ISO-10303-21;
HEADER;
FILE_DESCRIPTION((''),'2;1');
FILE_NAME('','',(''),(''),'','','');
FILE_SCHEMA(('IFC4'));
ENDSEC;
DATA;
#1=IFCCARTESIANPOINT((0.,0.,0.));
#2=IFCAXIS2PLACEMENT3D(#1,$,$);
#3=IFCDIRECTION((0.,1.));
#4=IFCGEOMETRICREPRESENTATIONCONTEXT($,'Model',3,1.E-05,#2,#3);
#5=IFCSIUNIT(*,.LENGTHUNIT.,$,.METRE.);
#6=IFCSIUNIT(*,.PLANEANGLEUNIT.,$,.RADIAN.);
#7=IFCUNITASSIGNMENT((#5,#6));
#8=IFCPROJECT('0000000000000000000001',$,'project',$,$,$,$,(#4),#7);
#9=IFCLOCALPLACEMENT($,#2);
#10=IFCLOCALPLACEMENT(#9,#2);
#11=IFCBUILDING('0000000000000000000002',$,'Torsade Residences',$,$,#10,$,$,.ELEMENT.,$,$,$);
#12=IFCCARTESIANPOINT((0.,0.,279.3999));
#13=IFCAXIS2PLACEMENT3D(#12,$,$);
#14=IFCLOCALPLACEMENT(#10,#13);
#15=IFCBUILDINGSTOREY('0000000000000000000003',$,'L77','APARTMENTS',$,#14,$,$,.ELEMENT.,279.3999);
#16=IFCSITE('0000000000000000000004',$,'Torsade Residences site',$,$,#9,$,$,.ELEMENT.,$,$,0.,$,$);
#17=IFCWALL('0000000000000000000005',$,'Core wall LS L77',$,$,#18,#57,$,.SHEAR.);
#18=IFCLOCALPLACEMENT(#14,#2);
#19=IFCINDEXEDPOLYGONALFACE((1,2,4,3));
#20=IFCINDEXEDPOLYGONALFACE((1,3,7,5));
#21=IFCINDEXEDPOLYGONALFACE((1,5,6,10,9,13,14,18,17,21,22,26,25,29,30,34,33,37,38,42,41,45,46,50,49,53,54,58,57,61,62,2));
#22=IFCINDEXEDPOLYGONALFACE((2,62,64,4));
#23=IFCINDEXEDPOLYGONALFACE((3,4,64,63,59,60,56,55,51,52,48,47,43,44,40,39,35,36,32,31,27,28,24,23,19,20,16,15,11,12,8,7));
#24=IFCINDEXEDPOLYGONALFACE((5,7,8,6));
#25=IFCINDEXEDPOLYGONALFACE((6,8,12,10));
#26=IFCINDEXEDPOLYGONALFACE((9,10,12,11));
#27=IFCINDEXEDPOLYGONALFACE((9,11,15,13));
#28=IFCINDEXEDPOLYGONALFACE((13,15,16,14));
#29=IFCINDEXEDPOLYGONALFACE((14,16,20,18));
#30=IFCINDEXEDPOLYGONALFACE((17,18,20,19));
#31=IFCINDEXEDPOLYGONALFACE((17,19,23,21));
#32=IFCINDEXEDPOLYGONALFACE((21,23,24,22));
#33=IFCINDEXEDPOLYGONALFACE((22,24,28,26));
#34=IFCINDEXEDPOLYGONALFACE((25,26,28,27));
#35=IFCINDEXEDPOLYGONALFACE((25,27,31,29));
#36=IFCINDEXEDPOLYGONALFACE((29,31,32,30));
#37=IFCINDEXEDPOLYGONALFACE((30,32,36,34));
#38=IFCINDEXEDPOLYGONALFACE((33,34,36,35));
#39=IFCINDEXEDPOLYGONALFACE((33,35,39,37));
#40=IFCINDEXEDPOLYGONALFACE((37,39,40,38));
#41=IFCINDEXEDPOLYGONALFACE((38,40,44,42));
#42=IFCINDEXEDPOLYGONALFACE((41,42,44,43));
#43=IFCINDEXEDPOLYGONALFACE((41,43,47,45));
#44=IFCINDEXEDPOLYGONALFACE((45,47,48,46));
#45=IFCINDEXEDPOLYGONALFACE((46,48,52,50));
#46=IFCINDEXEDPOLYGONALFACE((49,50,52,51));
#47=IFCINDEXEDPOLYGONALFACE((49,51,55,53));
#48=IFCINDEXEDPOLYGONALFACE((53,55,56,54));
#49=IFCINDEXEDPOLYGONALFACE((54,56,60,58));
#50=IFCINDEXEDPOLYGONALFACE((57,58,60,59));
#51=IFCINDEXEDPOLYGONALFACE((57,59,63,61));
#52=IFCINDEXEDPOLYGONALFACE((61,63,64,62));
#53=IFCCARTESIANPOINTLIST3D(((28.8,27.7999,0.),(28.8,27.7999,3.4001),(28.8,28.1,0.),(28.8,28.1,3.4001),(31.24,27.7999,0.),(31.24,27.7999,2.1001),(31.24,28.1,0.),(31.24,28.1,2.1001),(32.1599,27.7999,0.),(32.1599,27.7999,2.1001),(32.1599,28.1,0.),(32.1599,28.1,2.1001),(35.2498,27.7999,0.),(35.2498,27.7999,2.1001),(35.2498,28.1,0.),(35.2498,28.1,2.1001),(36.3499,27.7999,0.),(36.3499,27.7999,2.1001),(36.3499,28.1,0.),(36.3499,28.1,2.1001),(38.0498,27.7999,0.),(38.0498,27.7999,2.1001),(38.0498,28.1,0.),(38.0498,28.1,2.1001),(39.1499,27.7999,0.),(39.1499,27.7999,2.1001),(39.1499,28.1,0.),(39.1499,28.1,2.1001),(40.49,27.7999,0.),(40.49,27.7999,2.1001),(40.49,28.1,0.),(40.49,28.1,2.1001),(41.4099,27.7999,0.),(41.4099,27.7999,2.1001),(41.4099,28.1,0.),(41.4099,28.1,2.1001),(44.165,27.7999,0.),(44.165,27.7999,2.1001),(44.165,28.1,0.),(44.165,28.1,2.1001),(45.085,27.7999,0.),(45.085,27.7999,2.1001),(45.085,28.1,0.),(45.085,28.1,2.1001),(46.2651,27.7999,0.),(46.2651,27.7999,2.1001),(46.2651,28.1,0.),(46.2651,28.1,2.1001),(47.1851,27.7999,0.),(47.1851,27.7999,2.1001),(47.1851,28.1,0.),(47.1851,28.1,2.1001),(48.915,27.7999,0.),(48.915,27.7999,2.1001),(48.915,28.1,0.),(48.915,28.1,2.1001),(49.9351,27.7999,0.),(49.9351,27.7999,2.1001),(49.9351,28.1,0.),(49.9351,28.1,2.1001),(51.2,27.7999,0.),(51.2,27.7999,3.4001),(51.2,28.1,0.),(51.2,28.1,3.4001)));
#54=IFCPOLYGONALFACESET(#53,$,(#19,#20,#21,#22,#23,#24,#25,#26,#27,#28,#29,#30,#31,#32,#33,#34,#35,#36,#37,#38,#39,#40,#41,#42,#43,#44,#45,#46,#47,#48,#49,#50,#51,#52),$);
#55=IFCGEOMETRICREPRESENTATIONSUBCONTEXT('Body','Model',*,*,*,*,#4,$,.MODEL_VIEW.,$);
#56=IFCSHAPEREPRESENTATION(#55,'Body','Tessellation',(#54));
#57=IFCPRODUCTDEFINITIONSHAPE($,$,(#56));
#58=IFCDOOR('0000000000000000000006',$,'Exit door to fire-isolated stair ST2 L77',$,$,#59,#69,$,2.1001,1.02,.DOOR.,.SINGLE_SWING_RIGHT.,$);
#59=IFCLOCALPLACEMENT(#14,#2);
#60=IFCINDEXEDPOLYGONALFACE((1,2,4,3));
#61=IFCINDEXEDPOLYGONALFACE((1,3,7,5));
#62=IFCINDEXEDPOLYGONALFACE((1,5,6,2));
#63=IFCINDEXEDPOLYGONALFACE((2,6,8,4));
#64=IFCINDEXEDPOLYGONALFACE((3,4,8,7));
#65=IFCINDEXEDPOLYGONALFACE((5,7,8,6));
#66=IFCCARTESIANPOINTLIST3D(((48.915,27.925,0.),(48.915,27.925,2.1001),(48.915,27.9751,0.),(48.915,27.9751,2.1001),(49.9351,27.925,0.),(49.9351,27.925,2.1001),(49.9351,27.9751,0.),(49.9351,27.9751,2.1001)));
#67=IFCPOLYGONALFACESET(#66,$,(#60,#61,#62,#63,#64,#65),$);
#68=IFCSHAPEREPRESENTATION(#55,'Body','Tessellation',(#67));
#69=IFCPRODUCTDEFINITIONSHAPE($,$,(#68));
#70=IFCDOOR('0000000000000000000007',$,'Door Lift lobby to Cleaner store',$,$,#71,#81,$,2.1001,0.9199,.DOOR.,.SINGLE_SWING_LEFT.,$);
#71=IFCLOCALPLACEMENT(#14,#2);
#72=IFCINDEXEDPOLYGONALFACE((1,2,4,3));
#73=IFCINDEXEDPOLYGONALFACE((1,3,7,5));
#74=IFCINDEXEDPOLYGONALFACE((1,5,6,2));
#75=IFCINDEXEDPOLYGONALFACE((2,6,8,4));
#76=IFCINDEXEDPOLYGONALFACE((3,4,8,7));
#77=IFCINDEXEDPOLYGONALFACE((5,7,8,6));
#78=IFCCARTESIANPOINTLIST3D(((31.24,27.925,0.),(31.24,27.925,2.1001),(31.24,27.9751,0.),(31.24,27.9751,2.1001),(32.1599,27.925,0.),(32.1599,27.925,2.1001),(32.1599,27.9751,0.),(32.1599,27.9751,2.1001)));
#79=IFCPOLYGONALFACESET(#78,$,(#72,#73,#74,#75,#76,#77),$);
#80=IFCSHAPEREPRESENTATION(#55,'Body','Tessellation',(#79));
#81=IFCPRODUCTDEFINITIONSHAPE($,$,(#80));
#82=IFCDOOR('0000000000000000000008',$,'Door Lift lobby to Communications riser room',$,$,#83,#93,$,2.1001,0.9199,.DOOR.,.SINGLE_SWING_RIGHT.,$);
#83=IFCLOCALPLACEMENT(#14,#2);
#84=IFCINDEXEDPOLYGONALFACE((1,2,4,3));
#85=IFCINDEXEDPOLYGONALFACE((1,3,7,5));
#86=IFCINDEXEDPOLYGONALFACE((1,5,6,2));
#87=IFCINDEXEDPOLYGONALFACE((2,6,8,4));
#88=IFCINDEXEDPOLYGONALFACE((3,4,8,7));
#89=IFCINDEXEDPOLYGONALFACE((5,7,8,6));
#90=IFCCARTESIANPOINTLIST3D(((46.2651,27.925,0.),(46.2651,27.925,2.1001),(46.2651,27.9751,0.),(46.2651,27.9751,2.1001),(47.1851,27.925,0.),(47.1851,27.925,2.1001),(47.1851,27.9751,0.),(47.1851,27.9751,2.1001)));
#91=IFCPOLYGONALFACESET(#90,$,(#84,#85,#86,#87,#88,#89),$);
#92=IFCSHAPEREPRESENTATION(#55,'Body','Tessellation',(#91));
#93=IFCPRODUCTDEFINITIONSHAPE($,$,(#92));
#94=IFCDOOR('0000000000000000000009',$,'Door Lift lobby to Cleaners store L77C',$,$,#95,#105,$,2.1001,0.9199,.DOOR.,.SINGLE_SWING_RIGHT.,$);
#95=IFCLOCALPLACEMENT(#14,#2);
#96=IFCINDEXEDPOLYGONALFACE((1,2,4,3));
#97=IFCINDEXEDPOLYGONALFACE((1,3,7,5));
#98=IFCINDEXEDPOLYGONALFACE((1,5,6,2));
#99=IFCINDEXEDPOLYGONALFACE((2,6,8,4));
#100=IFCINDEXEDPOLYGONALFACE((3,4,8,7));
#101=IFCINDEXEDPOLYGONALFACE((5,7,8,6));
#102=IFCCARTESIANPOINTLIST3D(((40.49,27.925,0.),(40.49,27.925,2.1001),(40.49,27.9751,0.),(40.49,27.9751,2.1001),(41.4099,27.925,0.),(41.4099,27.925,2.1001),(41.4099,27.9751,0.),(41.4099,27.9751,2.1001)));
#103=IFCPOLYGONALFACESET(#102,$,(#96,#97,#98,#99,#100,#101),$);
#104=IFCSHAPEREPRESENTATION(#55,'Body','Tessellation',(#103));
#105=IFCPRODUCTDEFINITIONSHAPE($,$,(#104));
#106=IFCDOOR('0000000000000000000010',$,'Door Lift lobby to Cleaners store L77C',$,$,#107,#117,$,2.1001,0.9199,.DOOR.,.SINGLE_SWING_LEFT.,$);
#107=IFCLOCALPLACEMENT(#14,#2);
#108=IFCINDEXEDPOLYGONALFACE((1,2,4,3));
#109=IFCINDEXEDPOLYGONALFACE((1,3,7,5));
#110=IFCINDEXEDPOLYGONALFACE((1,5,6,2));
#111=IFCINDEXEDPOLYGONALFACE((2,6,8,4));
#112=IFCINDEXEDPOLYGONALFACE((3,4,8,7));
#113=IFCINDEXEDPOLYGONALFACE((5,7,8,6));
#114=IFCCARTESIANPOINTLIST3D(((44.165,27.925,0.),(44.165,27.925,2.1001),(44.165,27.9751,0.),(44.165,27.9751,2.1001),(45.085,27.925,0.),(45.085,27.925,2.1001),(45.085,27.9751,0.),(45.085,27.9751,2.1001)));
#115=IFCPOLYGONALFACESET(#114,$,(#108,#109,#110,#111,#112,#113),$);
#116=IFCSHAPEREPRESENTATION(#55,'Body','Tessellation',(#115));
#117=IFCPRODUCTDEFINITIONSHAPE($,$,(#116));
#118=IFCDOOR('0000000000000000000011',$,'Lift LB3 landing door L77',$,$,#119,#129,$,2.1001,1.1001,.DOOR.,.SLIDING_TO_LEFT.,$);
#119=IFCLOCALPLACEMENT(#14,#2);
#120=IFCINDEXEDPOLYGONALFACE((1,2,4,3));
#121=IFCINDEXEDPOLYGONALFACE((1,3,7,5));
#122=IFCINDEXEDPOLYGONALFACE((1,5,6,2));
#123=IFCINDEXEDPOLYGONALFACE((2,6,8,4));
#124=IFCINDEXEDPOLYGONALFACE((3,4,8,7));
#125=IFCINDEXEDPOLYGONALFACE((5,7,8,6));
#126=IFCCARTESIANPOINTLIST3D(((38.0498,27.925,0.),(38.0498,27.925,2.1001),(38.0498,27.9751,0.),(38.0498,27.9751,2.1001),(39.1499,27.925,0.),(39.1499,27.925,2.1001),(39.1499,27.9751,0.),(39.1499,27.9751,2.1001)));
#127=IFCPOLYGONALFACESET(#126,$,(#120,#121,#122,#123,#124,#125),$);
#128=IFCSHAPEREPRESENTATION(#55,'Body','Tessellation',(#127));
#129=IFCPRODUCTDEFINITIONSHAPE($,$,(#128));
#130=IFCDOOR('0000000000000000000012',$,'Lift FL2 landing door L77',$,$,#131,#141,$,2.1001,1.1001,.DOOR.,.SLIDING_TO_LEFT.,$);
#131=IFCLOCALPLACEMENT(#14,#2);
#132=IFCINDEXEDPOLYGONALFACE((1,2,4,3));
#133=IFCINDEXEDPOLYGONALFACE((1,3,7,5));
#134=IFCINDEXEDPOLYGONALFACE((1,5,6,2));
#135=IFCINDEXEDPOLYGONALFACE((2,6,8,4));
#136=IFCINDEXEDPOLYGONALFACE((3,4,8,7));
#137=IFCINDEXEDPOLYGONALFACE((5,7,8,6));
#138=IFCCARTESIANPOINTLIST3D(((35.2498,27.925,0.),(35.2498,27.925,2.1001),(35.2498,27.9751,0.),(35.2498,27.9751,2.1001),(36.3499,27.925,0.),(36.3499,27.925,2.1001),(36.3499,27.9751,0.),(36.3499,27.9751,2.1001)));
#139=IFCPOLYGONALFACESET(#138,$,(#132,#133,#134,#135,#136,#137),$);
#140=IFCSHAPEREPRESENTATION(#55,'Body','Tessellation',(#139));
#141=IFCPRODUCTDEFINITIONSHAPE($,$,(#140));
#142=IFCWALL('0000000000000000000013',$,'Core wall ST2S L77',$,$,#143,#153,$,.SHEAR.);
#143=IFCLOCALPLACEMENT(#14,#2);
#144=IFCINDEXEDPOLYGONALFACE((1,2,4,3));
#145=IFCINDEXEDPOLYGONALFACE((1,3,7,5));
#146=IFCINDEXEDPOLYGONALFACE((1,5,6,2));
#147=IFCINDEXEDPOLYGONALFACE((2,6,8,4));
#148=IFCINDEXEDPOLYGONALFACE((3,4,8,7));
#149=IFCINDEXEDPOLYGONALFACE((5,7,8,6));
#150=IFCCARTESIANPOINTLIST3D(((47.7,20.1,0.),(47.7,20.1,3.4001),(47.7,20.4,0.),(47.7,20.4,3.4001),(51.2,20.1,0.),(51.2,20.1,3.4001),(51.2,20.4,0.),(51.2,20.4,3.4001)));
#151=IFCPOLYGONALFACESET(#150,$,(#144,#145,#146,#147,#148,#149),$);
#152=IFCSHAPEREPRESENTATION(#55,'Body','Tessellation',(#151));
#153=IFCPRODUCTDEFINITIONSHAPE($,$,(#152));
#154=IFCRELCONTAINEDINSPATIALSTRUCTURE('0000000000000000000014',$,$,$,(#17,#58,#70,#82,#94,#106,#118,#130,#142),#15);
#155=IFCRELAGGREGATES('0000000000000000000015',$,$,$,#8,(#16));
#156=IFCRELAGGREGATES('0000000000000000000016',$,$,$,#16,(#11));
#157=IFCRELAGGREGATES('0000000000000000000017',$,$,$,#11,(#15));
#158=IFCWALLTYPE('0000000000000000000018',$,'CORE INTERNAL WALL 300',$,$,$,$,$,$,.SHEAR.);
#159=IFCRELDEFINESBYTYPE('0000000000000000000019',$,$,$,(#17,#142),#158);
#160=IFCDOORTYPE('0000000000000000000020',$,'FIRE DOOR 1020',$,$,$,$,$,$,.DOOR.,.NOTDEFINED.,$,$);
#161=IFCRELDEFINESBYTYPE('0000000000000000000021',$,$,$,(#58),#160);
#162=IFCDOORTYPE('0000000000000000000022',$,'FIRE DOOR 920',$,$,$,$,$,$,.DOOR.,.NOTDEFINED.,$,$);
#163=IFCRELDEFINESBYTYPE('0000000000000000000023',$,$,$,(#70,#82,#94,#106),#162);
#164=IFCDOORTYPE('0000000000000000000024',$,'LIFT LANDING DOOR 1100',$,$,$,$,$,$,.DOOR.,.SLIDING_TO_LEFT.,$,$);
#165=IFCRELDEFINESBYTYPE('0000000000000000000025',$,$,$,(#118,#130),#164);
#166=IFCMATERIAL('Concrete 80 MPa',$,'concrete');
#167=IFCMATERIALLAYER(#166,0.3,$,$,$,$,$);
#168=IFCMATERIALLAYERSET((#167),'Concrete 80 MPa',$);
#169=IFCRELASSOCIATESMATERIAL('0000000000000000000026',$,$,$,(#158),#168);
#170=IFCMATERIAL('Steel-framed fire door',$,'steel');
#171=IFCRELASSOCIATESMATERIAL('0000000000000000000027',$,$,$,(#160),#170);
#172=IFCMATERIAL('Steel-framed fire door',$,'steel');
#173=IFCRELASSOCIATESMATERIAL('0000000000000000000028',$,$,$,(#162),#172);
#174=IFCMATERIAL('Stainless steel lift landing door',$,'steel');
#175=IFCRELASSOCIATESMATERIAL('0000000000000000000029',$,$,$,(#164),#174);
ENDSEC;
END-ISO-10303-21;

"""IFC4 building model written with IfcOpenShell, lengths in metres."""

from ifc_helpers import new_model, si_unit, direction, frame, frame_2d, origin, place, context, subcontext, project, spatial, rectangle, extrude, material, layer, layer_set, type_object, element, fill, save


model = new_model("IFC4")

# Units and contexts
model_context = context("Model", 3, precision=1e-05, world=origin(), true_north=direction((0.0, 1.0)))
body_context = subcontext(model_context, "Body", "Model", "MODEL_VIEW")
ifc_project = project(units=[si_unit("LENGTHUNIT", "METRE"), si_unit("PLANEANGLEUNIT", "RADIAN")], contexts=[model_context])

# Site, building, storey
site_placement = place(None, origin())
site = spatial("IfcSite", under=ifc_project, at=site_placement, Name="Torsade Residences site", CompositionType="ELEMENT", RefElevation=0.0)
building_placement = place(site_placement, origin())
building = spatial("IfcBuilding", under=site, at=building_placement, Name="Torsade Residences", CompositionType="ELEMENT")
storey_placement = place(building_placement, frame((0.0, 0.0, 279.3999)))
storey = spatial("IfcBuildingStorey", under=building, at=storey_placement, Name="L77", Description="APARTMENTS", CompositionType="ELEMENT", Elevation=279.3999)

# Wall, openings, doors
ifc_material_1 = material(Name="Concrete 80 MPa", Category="concrete")
ifc_layer_1 = layer(ifc_material_1, 0.3)
ifc_layer_set_1 = layer_set([ifc_layer_1], Name="Concrete 80 MPa")
wall_type_1 = type_object("IfcWallType", Name="CORE INTERNAL WALL 300", PredefinedType="SHEAR", material=ifc_layer_set_1)
wall_1_placement = place(storey_placement, frame((51.2, 27.95, 0.0), z_axis=(0.0, 0.0, 1.0), x_axis=(-1.0, 0.0, 0.0)))
wall_1 = element("IfcWall", 1, at=wall_1_placement, inside=storey, type_object=wall_type_1, Name="Core wall LS L77", PredefinedType="SHEAR", context=body_context, shape_type="SweptSolid", body=[
    extrude(rectangle(XDim=22.3999, YDim=0.3, at=frame_2d((11.2, 0.0))), origin(), (0.0, 0.0, 1.0), 3.4001),
])
opening_1_placement = place(wall_1_placement, frame((19.04, 0.0, 0.0)))
opening_1 = element("IfcOpeningElement", 2, at=opening_1_placement, cuts=wall_1, PredefinedType="OPENING", context=body_context, shape_type="SweptSolid", body=[
    extrude(rectangle(XDim=0.9199, YDim=2.1001, at=frame_2d((0.46, 1.05))), frame((0.0, 0.1599, 0.0), z_axis=(0.0, -1.0, 0.0), x_axis=(1.0, 0.0, 0.0)), (0.0, 0.0, 1.0), 0.3201),
])
opening_2_placement = place(wall_1_placement, frame((1.2649, 0.0, 0.0)))
opening_2 = element("IfcOpeningElement", 3, at=opening_2_placement, cuts=wall_1, PredefinedType="OPENING", context=body_context, shape_type="SweptSolid", body=[
    extrude(rectangle(XDim=1.02, YDim=2.1001, at=frame_2d((0.51, 1.05))), frame((0.0, 0.1599, 0.0), z_axis=(0.0, -1.0, 0.0), x_axis=(1.0, 0.0, 0.0)), (0.0, 0.0, 1.0), 0.3201),
])
opening_3_placement = place(wall_1_placement, frame((4.0149, 0.0, 0.0)))
opening_3 = element("IfcOpeningElement", 4, at=opening_3_placement, cuts=wall_1, PredefinedType="OPENING", context=body_context, shape_type="SweptSolid", body=[
    extrude(rectangle(XDim=0.9199, YDim=2.1001, at=frame_2d((0.46, 1.05))), frame((0.0, 0.1599, 0.0), z_axis=(0.0, -1.0, 0.0), x_axis=(1.0, 0.0, 0.0)), (0.0, 0.0, 1.0), 0.3201),
])
opening_4_placement = place(wall_1_placement, frame((9.79, 0.0, 0.0)))
opening_4 = element("IfcOpeningElement", 5, at=opening_4_placement, cuts=wall_1, PredefinedType="OPENING", context=body_context, shape_type="SweptSolid", body=[
    extrude(rectangle(XDim=0.9199, YDim=2.1001, at=frame_2d((0.46, 1.05))), frame((0.0, 0.1599, 0.0), z_axis=(0.0, -1.0, 0.0), x_axis=(1.0, 0.0, 0.0)), (0.0, 0.0, 1.0), 0.3201),
])
opening_5_placement = place(wall_1_placement, frame((6.115, 0.0, 0.0)))
opening_5 = element("IfcOpeningElement", 6, at=opening_5_placement, cuts=wall_1, PredefinedType="OPENING", context=body_context, shape_type="SweptSolid", body=[
    extrude(rectangle(XDim=0.9199, YDim=2.1001, at=frame_2d((0.46, 1.05))), frame((0.0, 0.1599, 0.0), z_axis=(0.0, -1.0, 0.0), x_axis=(1.0, 0.0, 0.0)), (0.0, 0.0, 1.0), 0.3201),
])
opening_6_placement = place(wall_1_placement, frame((12.05, 0.0, 0.0)))
opening_6 = element("IfcOpeningElement", 7, at=opening_6_placement, cuts=wall_1, PredefinedType="OPENING", context=body_context, shape_type="SweptSolid", body=[
    extrude(rectangle(XDim=1.1001, YDim=2.1001, at=frame_2d((0.55, 1.05))), frame((0.0, 0.1599, 0.0), z_axis=(0.0, -1.0, 0.0), x_axis=(1.0, 0.0, 0.0)), (0.0, 0.0, 1.0), 0.3201),
])
opening_7_placement = place(wall_1_placement, frame((14.8501, 0.0, 0.0)))
opening_7 = element("IfcOpeningElement", 8, at=opening_7_placement, cuts=wall_1, PredefinedType="OPENING", context=body_context, shape_type="SweptSolid", body=[
    extrude(rectangle(XDim=1.1001, YDim=2.1001, at=frame_2d((0.55, 1.05))), frame((0.0, 0.1599, 0.0), z_axis=(0.0, -1.0, 0.0), x_axis=(1.0, 0.0, 0.0)), (0.0, 0.0, 1.0), 0.3201),
])
ifc_material_2 = material(Name="Steel-framed fire door", Category="steel")
door_type_1 = type_object("IfcDoorType", Name="FIRE DOOR 1020", OperationType="NOTDEFINED", PredefinedType="DOOR", material=ifc_material_2)
door_1_placement = place(opening_2_placement, origin())
door_1 = element("IfcDoor", 9, at=door_1_placement, inside=storey, type_object=door_type_1, Name="Exit door to fire-isolated stair ST2 L77", OperationType="SINGLE_SWING_RIGHT", OverallHeight=2.1001, OverallWidth=1.02, PredefinedType="DOOR", context=body_context, shape_type="SweptSolid", body=[
    extrude(rectangle(XDim=1.02, YDim=2.1001, at=frame_2d((0.51, 1.05))), frame((0.0, 0.0249, 0.0), z_axis=(0.0, -1.0, 0.0), x_axis=(1.0, 0.0, 0.0)), (0.0, 0.0, 1.0), 0.05),
])
fill(opening_2, door_1)
ifc_material_3 = material(Name="Steel-framed fire door", Category="steel")
door_type_2 = type_object("IfcDoorType", Name="FIRE DOOR 920", OperationType="NOTDEFINED", PredefinedType="DOOR", material=ifc_material_3)
door_2_placement = place(opening_1_placement, origin())
door_2 = element("IfcDoor", 10, at=door_2_placement, inside=storey, type_object=door_type_2, Name="Door Lift lobby to Cleaner store", OperationType="SINGLE_SWING_LEFT", OverallHeight=2.1001, OverallWidth=0.9199, PredefinedType="DOOR", context=body_context, shape_type="SweptSolid", body=[
    extrude(rectangle(XDim=0.9199, YDim=2.1001, at=frame_2d((0.46, 1.05))), frame((0.0, 0.0249, 0.0), z_axis=(0.0, -1.0, 0.0), x_axis=(1.0, 0.0, 0.0)), (0.0, 0.0, 1.0), 0.05),
])
fill(opening_1, door_2)
door_3_placement = place(opening_3_placement, origin())
door_3 = element("IfcDoor", 11, at=door_3_placement, inside=storey, type_object=door_type_2, Name="Door Lift lobby to Communications riser room", OperationType="SINGLE_SWING_RIGHT", OverallHeight=2.1001, OverallWidth=0.9199, PredefinedType="DOOR", context=body_context, shape_type="SweptSolid", body=[
    extrude(rectangle(XDim=0.9199, YDim=2.1001, at=frame_2d((0.46, 1.05))), frame((0.0, 0.0249, 0.0), z_axis=(0.0, -1.0, 0.0), x_axis=(1.0, 0.0, 0.0)), (0.0, 0.0, 1.0), 0.05),
])
fill(opening_3, door_3)
door_4_placement = place(opening_4_placement, origin())
door_4 = element("IfcDoor", 12, at=door_4_placement, inside=storey, type_object=door_type_2, Name="Door Lift lobby to Cleaners store L77C", OperationType="SINGLE_SWING_RIGHT", OverallHeight=2.1001, OverallWidth=0.9199, PredefinedType="DOOR", context=body_context, shape_type="SweptSolid", body=[
    extrude(rectangle(XDim=0.9199, YDim=2.1001, at=frame_2d((0.46, 1.05))), frame((0.0, 0.0249, 0.0), z_axis=(0.0, -1.0, 0.0), x_axis=(1.0, 0.0, 0.0)), (0.0, 0.0, 1.0), 0.05),
])
fill(opening_4, door_4)
door_5_placement = place(opening_5_placement, origin())
door_5 = element("IfcDoor", 13, at=door_5_placement, inside=storey, type_object=door_type_2, Name="Door Lift lobby to Cleaners store L77C", OperationType="SINGLE_SWING_LEFT", OverallHeight=2.1001, OverallWidth=0.9199, PredefinedType="DOOR", context=body_context, shape_type="SweptSolid", body=[
    extrude(rectangle(XDim=0.9199, YDim=2.1001, at=frame_2d((0.46, 1.05))), frame((0.0, 0.0249, 0.0), z_axis=(0.0, -1.0, 0.0), x_axis=(1.0, 0.0, 0.0)), (0.0, 0.0, 1.0), 0.05),
])
fill(opening_5, door_5)
ifc_material_4 = material(Name="Stainless steel lift landing door", Category="steel")
door_type_3 = type_object("IfcDoorType", Name="LIFT LANDING DOOR 1100", OperationType="SLIDING_TO_LEFT", PredefinedType="DOOR", material=ifc_material_4)
door_6_placement = place(opening_6_placement, origin())
door_6 = element("IfcDoor", 14, at=door_6_placement, inside=storey, type_object=door_type_3, Name="Lift LB3 landing door L77", OperationType="SLIDING_TO_LEFT", OverallHeight=2.1001, OverallWidth=1.1001, PredefinedType="DOOR", context=body_context, shape_type="SweptSolid", body=[
    extrude(rectangle(XDim=1.1001, YDim=2.1001, at=frame_2d((0.55, 1.05))), frame((0.0, 0.0249, 0.0), z_axis=(0.0, -1.0, 0.0), x_axis=(1.0, 0.0, 0.0)), (0.0, 0.0, 1.0), 0.05),
])
fill(opening_6, door_6)
door_7_placement = place(opening_7_placement, origin())
door_7 = element("IfcDoor", 15, at=door_7_placement, inside=storey, type_object=door_type_3, Name="Lift FL2 landing door L77", OperationType="SLIDING_TO_LEFT", OverallHeight=2.1001, OverallWidth=1.1001, PredefinedType="DOOR", context=body_context, shape_type="SweptSolid", body=[
    extrude(rectangle(XDim=1.1001, YDim=2.1001, at=frame_2d((0.55, 1.05))), frame((0.0, 0.0249, 0.0), z_axis=(0.0, -1.0, 0.0), x_axis=(1.0, 0.0, 0.0)), (0.0, 0.0, 1.0), 0.05),
])
fill(opening_7, door_7)

# Wall
wall_2_placement = place(storey_placement, frame((51.2, 20.25, 0.0), z_axis=(0.0, 0.0, 1.0), x_axis=(-1.0, 0.0, 0.0)))
element("IfcWall", 16, at=wall_2_placement, inside=storey, type_object=wall_type_1, Name="Core wall ST2S L77", PredefinedType="SHEAR", context=body_context, shape_type="SweptSolid", body=[
    extrude(rectangle(XDim=3.5, YDim=0.3, at=frame_2d((1.75, 0.0))), origin(), (0.0, 0.0, 1.0), 3.4001),
])

save(model, "model.ifc")
